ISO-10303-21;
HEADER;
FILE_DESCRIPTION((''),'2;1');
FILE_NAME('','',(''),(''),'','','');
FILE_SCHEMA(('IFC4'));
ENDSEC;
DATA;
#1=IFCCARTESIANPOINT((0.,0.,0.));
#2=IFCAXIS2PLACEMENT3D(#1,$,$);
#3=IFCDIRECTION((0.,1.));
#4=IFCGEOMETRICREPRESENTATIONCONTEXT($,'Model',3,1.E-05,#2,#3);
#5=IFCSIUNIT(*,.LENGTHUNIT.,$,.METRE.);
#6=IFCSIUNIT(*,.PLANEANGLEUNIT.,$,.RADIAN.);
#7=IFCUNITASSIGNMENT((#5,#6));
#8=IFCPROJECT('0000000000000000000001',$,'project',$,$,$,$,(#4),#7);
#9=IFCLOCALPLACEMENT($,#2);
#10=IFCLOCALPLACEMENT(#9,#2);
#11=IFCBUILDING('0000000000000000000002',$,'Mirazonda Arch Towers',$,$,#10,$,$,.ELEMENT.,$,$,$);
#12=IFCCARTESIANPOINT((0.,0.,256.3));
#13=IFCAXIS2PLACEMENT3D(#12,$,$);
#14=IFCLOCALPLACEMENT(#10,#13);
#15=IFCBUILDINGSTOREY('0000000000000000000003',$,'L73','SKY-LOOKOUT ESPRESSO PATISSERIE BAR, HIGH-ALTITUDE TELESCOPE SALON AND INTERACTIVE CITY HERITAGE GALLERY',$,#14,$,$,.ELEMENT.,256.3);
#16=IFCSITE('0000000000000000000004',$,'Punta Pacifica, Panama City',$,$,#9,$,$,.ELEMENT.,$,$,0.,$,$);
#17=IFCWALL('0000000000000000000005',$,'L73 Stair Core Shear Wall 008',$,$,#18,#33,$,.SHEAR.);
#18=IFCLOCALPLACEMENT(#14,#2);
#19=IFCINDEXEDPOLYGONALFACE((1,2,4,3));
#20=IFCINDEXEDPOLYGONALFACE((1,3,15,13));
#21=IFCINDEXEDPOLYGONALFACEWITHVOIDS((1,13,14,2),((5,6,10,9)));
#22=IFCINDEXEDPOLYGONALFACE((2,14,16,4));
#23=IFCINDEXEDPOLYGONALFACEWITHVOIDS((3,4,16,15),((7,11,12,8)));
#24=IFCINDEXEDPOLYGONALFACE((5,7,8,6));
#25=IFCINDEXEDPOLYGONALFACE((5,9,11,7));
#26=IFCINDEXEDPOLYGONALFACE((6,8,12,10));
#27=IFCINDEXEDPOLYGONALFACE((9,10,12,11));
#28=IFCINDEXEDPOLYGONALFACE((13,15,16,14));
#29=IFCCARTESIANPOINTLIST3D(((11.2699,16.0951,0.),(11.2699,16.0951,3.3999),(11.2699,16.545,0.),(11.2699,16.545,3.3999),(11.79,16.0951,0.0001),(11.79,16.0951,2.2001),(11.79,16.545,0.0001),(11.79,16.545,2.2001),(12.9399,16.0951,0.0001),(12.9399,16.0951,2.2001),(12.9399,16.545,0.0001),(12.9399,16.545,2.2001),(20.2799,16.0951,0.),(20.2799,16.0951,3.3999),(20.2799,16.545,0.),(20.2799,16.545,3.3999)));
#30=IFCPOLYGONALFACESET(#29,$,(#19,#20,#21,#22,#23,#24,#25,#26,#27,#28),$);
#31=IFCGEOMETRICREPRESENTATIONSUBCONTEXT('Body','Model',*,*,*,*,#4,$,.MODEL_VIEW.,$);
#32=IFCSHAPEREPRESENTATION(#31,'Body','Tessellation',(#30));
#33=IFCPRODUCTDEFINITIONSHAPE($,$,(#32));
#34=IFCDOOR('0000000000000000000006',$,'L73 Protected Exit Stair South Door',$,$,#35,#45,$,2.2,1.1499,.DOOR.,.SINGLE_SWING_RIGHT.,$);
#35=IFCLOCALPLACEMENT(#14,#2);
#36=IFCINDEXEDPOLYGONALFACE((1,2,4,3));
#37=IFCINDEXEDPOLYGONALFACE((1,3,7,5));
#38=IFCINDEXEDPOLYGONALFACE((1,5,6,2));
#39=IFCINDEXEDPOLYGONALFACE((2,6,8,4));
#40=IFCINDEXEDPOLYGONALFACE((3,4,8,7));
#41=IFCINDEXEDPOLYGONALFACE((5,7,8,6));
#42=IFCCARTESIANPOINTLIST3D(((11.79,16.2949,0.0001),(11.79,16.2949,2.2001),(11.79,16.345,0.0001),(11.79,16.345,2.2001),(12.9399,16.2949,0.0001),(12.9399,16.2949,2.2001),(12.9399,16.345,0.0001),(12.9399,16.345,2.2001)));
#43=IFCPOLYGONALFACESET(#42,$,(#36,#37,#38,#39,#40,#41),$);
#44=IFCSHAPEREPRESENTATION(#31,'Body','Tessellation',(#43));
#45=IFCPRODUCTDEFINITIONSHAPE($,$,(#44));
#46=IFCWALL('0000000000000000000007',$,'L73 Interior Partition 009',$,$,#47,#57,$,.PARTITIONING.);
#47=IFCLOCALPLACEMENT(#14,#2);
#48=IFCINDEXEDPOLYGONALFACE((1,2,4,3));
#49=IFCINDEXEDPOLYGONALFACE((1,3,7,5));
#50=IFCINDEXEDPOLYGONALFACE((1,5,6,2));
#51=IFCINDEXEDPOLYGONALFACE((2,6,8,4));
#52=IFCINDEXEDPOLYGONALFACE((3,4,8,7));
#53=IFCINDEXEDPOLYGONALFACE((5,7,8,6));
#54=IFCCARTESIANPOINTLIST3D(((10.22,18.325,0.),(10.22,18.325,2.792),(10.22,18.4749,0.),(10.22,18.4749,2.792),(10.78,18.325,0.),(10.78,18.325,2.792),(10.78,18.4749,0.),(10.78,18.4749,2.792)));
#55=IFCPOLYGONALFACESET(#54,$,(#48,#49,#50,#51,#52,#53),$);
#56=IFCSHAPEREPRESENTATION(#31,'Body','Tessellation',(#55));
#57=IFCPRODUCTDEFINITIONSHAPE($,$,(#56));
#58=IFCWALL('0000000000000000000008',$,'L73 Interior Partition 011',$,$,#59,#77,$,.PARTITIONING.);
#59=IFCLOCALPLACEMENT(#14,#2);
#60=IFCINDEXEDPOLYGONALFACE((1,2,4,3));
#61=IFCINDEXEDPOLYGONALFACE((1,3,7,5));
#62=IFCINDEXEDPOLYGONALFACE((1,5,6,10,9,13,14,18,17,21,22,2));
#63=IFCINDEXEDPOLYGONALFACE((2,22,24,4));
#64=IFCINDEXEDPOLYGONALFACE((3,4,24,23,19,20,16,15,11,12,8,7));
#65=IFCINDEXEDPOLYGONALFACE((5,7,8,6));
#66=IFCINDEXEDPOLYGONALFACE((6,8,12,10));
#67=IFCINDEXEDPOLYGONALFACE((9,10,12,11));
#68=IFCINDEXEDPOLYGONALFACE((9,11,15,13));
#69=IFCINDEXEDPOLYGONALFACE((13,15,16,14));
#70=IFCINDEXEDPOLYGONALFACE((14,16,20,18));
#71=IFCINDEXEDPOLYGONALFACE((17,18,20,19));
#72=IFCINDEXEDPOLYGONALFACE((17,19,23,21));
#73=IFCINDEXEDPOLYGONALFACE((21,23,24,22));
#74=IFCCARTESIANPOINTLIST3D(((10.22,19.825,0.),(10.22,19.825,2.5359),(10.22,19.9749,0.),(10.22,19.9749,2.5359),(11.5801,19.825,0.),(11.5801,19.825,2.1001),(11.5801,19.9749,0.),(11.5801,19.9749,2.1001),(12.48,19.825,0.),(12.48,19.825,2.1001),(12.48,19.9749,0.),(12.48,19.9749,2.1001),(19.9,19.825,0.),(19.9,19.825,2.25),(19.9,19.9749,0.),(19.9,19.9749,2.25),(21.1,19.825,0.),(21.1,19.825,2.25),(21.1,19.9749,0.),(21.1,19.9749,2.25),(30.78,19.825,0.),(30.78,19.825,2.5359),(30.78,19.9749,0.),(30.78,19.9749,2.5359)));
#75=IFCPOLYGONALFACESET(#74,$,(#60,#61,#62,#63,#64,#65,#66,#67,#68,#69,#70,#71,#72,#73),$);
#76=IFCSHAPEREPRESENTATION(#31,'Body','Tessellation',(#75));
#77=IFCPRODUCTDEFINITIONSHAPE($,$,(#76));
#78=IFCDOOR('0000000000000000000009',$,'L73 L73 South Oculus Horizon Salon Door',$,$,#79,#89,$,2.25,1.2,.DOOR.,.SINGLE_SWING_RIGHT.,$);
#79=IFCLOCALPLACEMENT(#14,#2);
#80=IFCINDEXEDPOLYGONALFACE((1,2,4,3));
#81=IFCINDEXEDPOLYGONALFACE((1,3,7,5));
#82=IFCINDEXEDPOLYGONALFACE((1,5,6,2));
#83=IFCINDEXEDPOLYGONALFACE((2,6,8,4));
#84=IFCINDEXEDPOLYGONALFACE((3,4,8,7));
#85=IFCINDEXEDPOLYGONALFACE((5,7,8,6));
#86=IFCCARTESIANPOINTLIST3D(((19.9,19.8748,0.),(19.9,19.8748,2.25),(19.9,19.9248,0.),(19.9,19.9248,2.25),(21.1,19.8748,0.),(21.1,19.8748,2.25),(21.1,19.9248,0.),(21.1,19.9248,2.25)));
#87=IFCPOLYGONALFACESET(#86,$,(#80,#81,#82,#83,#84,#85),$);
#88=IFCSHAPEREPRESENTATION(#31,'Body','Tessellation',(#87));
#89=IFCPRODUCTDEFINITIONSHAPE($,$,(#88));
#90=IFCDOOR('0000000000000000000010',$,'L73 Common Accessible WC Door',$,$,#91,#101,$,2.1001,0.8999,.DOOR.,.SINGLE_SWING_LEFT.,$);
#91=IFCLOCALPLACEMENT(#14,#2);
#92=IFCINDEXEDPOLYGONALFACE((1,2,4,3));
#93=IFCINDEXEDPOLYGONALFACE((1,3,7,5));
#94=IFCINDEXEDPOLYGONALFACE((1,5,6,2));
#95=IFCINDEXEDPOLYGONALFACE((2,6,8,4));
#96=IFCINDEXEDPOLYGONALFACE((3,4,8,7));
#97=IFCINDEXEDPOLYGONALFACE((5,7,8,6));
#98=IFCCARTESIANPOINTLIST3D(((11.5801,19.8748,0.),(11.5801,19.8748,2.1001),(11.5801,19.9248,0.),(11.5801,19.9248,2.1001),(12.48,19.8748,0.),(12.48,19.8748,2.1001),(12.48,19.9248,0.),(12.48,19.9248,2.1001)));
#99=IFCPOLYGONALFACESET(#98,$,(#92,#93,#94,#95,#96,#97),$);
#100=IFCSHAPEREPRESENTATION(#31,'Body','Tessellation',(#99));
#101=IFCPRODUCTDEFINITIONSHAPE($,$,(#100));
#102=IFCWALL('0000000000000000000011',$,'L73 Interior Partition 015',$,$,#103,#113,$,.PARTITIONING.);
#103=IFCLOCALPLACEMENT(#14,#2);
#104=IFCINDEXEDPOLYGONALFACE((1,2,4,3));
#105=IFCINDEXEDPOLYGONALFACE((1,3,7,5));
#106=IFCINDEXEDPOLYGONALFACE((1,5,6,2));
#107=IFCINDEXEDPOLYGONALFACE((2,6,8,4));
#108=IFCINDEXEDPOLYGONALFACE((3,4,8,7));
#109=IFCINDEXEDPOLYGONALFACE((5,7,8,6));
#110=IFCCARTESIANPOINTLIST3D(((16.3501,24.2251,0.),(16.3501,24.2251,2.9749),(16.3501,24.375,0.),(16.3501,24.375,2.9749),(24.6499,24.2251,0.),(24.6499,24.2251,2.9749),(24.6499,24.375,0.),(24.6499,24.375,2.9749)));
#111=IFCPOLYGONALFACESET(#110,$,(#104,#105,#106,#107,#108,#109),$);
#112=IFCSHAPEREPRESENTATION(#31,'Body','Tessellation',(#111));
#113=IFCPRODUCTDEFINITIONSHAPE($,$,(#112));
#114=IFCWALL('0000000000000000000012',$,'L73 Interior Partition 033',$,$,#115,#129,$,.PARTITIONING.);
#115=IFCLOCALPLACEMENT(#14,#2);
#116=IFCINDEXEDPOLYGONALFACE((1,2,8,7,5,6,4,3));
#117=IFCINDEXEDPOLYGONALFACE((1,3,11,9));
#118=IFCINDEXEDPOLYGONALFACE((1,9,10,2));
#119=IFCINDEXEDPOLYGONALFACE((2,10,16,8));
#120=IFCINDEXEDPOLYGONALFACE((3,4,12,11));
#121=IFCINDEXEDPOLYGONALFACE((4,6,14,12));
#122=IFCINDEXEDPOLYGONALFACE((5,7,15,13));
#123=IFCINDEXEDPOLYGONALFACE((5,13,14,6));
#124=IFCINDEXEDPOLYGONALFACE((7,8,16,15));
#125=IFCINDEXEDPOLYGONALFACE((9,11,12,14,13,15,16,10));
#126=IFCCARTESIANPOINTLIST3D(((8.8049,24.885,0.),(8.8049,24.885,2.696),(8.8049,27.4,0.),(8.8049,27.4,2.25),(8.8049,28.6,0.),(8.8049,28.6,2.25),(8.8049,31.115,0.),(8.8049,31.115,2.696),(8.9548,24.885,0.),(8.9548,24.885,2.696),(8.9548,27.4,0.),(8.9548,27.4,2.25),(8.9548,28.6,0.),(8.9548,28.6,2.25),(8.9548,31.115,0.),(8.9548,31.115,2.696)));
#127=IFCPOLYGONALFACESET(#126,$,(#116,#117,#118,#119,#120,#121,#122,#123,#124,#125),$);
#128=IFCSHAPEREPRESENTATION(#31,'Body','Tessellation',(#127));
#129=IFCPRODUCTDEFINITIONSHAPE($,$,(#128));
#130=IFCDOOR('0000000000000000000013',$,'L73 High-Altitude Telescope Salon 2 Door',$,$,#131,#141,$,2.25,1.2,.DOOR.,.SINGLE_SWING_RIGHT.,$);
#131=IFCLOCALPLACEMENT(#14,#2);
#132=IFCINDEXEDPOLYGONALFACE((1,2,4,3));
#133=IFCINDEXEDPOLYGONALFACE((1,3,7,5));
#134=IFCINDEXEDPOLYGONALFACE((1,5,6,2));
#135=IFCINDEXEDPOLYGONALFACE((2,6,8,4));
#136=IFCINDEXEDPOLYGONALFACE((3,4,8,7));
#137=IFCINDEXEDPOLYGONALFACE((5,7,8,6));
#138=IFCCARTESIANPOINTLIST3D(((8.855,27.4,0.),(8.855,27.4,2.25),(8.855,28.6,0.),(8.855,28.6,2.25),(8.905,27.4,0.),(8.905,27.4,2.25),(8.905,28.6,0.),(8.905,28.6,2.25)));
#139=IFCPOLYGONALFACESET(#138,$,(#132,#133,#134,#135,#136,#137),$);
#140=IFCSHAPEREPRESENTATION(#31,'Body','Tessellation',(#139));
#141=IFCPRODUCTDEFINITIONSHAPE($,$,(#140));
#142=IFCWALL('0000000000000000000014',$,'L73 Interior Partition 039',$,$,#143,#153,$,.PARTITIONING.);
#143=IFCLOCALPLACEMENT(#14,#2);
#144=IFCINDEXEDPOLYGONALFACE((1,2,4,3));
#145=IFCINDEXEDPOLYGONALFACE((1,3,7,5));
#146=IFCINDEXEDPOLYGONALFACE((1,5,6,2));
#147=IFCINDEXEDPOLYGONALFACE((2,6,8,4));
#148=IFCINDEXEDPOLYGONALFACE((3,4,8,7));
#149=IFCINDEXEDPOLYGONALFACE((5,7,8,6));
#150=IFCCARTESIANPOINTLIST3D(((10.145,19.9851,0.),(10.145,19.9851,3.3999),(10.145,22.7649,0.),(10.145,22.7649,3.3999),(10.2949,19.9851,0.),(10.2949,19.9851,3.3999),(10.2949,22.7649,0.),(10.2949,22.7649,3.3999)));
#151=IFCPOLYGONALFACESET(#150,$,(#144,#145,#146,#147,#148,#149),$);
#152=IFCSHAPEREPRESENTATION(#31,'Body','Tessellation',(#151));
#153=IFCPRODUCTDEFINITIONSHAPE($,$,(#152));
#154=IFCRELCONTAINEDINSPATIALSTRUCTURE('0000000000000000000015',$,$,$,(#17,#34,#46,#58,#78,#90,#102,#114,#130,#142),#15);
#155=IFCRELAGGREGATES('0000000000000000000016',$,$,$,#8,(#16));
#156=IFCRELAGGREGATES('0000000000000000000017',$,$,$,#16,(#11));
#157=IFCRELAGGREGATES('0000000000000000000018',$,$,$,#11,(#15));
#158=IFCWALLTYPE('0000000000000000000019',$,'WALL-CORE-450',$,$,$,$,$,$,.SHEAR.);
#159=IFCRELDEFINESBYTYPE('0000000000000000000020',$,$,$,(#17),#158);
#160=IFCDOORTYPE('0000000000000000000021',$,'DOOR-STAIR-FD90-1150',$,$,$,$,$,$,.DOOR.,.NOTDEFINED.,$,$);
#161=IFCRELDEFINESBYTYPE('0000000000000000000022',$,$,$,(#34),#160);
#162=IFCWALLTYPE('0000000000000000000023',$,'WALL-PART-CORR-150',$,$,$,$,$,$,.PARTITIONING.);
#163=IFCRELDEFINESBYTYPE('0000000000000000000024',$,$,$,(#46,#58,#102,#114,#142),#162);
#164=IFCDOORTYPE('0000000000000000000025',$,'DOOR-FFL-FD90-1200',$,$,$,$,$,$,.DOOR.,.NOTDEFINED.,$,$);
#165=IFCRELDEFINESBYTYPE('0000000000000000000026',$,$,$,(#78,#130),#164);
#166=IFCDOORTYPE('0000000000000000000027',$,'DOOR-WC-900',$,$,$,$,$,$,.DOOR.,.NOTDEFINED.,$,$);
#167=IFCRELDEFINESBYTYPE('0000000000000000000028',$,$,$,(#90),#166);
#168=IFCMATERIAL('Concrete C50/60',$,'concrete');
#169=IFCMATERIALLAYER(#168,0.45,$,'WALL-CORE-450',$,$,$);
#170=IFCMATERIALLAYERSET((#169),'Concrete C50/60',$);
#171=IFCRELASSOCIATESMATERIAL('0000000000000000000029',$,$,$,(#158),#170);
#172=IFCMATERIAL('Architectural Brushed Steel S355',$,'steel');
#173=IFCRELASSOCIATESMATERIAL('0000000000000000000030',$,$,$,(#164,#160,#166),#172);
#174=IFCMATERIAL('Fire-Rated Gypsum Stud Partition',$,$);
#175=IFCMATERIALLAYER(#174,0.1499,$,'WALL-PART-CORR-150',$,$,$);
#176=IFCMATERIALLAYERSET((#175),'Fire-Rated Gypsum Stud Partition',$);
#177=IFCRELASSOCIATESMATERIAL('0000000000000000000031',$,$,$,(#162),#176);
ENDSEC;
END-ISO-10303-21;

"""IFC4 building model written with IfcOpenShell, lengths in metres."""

from ifc_helpers import new_model, si_unit, direction, frame, frame_2d, origin, place, context, subcontext, project, spatial, rectangle, extrude, material, layer, layer_set, type_object, element, fill, save


model = new_model("IFC4")

# Units and contexts
model_context = context("Model", 3, precision=1e-05, world=origin(), true_north=direction((0.0, 1.0)))
body_context = subcontext(model_context, "Body", "Model", "MODEL_VIEW")
ifc_project = project(units=[si_unit("LENGTHUNIT", "METRE"), si_unit("PLANEANGLEUNIT", "RADIAN")], contexts=[model_context])

# Site, building, storey
site_placement = place(None, origin())
site = spatial("IfcSite", under=ifc_project, at=site_placement, Name="Punta Pacifica, Panama City", CompositionType="ELEMENT", RefElevation=0.0)
building_placement = place(site_placement, origin())
building = spatial("IfcBuilding", under=site, at=building_placement, Name="Mirazonda Arch Towers", CompositionType="ELEMENT")
storey_placement = place(building_placement, frame((0.0, 0.0, 256.3)))
storey = spatial("IfcBuildingStorey", under=building, at=storey_placement, Name="L73", Description="SKY-LOOKOUT ESPRESSO PATISSERIE BAR, HIGH-ALTITUDE TELESCOPE SALON AND INTERACTIVE CITY HERITAGE GALLERY", CompositionType="ELEMENT", Elevation=256.3)

# Shared definitions
ifc_material_1 = material(Name="Concrete C50/60", Category="concrete")

# Shared definitions
ifc_layer_1 = layer(ifc_material_1, 0.45, Name="WALL-CORE-450")
ifc_layer_set_1 = layer_set([ifc_layer_1], Name="Concrete C50/60")
wall_type_1 = type_object("IfcWallType", Name="WALL-CORE-450", PredefinedType="SHEAR", material=ifc_layer_set_1)
ifc_material_2 = material(Name="Architectural Brushed Steel S355", Category="steel")
door_type_1 = type_object("IfcDoorType", Name="DOOR-FFL-FD90-1200", OperationType="NOTDEFINED", PredefinedType="DOOR", material=ifc_material_2)

# Wall, opening, door
wall_1_placement = place(storey_placement, frame((11.27, 16.3201, 0.0), z_axis=(0.0, 0.0, 1.0), x_axis=(1.0, 0.0, 0.0)))
wall_1 = element("IfcWall", 1, at=wall_1_placement, inside=storey, type_object=wall_type_1, Name="L73 Stair Core Shear Wall 008", PredefinedType="SHEAR", context=body_context, shape_type="SweptSolid", body=[
    extrude(rectangle(XDim=9.01, YDim=0.45, at=frame_2d((4.5049, 0.0))), origin(), (0.0, 0.0, 1.0), 3.3999),
])
opening_1_placement = place(wall_1_placement, frame((0.52, 0.0, 0.0)))
opening_1 = element("IfcOpeningElement", 2, at=opening_1_placement, cuts=wall_1, PredefinedType="OPENING", context=body_context, shape_type="SweptSolid", body=[
    extrude(rectangle(XDim=1.1499, YDim=2.2, at=frame_2d((0.575, 1.1001))), frame((0.0, 0.2349, 0.0), z_axis=(0.0, -1.0, 0.0), x_axis=(1.0, 0.0, 0.0)), (0.0, 0.0, 1.0), 0.47),
])
door_type_2 = type_object("IfcDoorType", Name="DOOR-STAIR-FD90-1150", OperationType="NOTDEFINED", PredefinedType="DOOR", material=ifc_material_2)
door_1_placement = place(opening_1_placement, origin())
door_1 = element("IfcDoor", 3, at=door_1_placement, inside=storey, type_object=door_type_2, Name="L73 Protected Exit Stair South Door", OperationType="SINGLE_SWING_RIGHT", OverallHeight=2.2, OverallWidth=1.1499, PredefinedType="DOOR", context=body_context, shape_type="SweptSolid", body=[
    extrude(rectangle(XDim=1.1499, YDim=2.2, at=frame_2d((0.575, 1.1001))), frame((0.0, 0.0249, 0.0), z_axis=(0.0, -1.0, 0.0), x_axis=(1.0, 0.0, 0.0)), (0.0, 0.0, 1.0), 0.05),
])
fill(opening_1, door_1)

# Wall
ifc_material_3 = material(Name="Fire-Rated Gypsum Stud Partition")
ifc_layer_2 = layer(ifc_material_3, 0.1499, Name="WALL-PART-CORR-150")
ifc_layer_set_2 = layer_set([ifc_layer_2], Name="Fire-Rated Gypsum Stud Partition")
wall_type_2 = type_object("IfcWallType", Name="WALL-PART-CORR-150", PredefinedType="PARTITIONING", material=ifc_layer_set_2)
wall_2_placement = place(storey_placement, frame((10.22, 18.3999, 0.0), z_axis=(0.0, 0.0, 1.0), x_axis=(1.0, 0.0, 0.0)))
element("IfcWall", 4, at=wall_2_placement, inside=storey, type_object=wall_type_2, Name="L73 Interior Partition 009", PredefinedType="PARTITIONING", context=body_context, shape_type="SweptSolid", body=[
    extrude(rectangle(XDim=0.5601, YDim=0.1499, at=frame_2d((0.28, 0.0))), origin(), (0.0, 0.0, 1.0), 2.792),
])

# Wall, openings, doors
wall_3_placement = place(storey_placement, frame((10.22, 19.8999, 0.0), z_axis=(0.0, 0.0, 1.0), x_axis=(1.0, 0.0, 0.0)))
wall_3 = element("IfcWall", 5, at=wall_3_placement, inside=storey, type_object=wall_type_2, Name="L73 Interior Partition 011", PredefinedType="PARTITIONING", context=body_context, shape_type="SweptSolid", body=[
    extrude(rectangle(XDim=20.5601, YDim=0.1499, at=frame_2d((10.28, 0.0))), origin(), (0.0, 0.0, 1.0), 2.5359),
])
opening_2_placement = place(wall_3_placement, frame((1.3601, 0.0, 0.0)))
opening_2 = element("IfcOpeningElement", 6, at=opening_2_placement, cuts=wall_3, PredefinedType="OPENING", context=body_context, shape_type="SweptSolid", body=[
    extrude(rectangle(XDim=0.8999, YDim=2.1001, at=frame_2d((0.45, 1.05))), frame((0.0, 0.085, 0.0), z_axis=(0.0, -1.0, 0.0), x_axis=(1.0, 0.0, 0.0)), (0.0, 0.0, 1.0), 0.1699),
])
opening_3_placement = place(wall_3_placement, frame((9.6799, 0.0, 0.0)))
opening_3 = element("IfcOpeningElement", 7, at=opening_3_placement, cuts=wall_3, PredefinedType="OPENING", context=body_context, shape_type="SweptSolid", body=[
    extrude(rectangle(XDim=1.2, YDim=2.25, at=frame_2d((0.6001, 1.125))), frame((0.0, 0.085, 0.0), z_axis=(0.0, -1.0, 0.0), x_axis=(1.0, 0.0, 0.0)), (0.0, 0.0, 1.0), 0.1699),
])
door_2_placement = place(opening_3_placement, origin())
door_2 = element("IfcDoor", 8, at=door_2_placement, inside=storey, type_object=door_type_1, Name="L73 L73 South Oculus Horizon Salon Door", OperationType="SINGLE_SWING_RIGHT", OverallHeight=2.25, OverallWidth=1.2, PredefinedType="DOOR", context=body_context, shape_type="SweptSolid", body=[
    extrude(rectangle(XDim=1.2, YDim=2.25, at=frame_2d((0.6001, 1.125))), frame((0.0, 0.0249, 0.0), z_axis=(0.0, -1.0, 0.0), x_axis=(1.0, 0.0, 0.0)), (0.0, 0.0, 1.0), 0.05),
])
fill(opening_3, door_2)
door_type_3 = type_object("IfcDoorType", Name="DOOR-WC-900", OperationType="NOTDEFINED", PredefinedType="DOOR", material=ifc_material_2)
door_3_placement = place(opening_2_placement, origin())
door_3 = element("IfcDoor", 9, at=door_3_placement, inside=storey, type_object=door_type_3, Name="L73 Common Accessible WC Door", OperationType="SINGLE_SWING_LEFT", OverallHeight=2.1001, OverallWidth=0.8999, PredefinedType="DOOR", context=body_context, shape_type="SweptSolid", body=[
    extrude(rectangle(XDim=0.8999, YDim=2.1001, at=frame_2d((0.45, 1.05))), frame((0.0, 0.0249, 0.0), z_axis=(0.0, -1.0, 0.0), x_axis=(1.0, 0.0, 0.0)), (0.0, 0.0, 1.0), 0.05),
])
fill(opening_2, door_3)

# Wall
wall_4_placement = place(storey_placement, frame((16.3501, 24.3, 0.0), z_axis=(0.0, 0.0, 1.0), x_axis=(1.0, 0.0, 0.0)))
element("IfcWall", 10, at=wall_4_placement, inside=storey, type_object=wall_type_2, Name="L73 Interior Partition 015", PredefinedType="PARTITIONING", context=body_context, shape_type="SweptSolid", body=[
    extrude(rectangle(XDim=8.2998, YDim=0.1499, at=frame_2d((4.1499, 0.0))), origin(), (0.0, 0.0, 1.0), 2.9749),
])

# Wall, opening, door
wall_5_placement = place(storey_placement, frame((8.8799, 24.885, 0.0), z_axis=(0.0, 0.0, 1.0), x_axis=(0.0, 1.0, 0.0)))
wall_5 = element("IfcWall", 11, at=wall_5_placement, inside=storey, type_object=wall_type_2, Name="L73 Interior Partition 033", PredefinedType="PARTITIONING", context=body_context, shape_type="SweptSolid", body=[
    extrude(rectangle(XDim=6.23, YDim=0.1499, at=frame_2d((3.115, 0.0))), origin(), (0.0, 0.0, 1.0), 2.696),
])
opening_4_placement = place(wall_5_placement, frame((2.5149, 0.0, 0.0)))
opening_4 = element("IfcOpeningElement", 12, at=opening_4_placement, cuts=wall_5, PredefinedType="OPENING", context=body_context, shape_type="SweptSolid", body=[
    extrude(rectangle(XDim=1.2, YDim=2.25, at=frame_2d((0.6001, 1.125))), frame((0.0, 0.085, 0.0), z_axis=(0.0, -1.0, 0.0), x_axis=(1.0, 0.0, 0.0)), (0.0, 0.0, 1.0), 0.1699),
])
door_4_placement = place(opening_4_placement, origin())
door_4 = element("IfcDoor", 13, at=door_4_placement, inside=storey, type_object=door_type_1, Name="L73 High-Altitude Telescope Salon 2 Door", OperationType="SINGLE_SWING_RIGHT", OverallHeight=2.25, OverallWidth=1.2, PredefinedType="DOOR", context=body_context, shape_type="SweptSolid", body=[
    extrude(rectangle(XDim=1.2, YDim=2.25, at=frame_2d((0.6001, 1.125))), frame((0.0, 0.0249, 0.0), z_axis=(0.0, -1.0, 0.0), x_axis=(1.0, 0.0, 0.0)), (0.0, 0.0, 1.0), 0.05),
])
fill(opening_4, door_4)

# Wall
wall_6_placement = place(storey_placement, frame((10.22, 19.9851, 0.0), z_axis=(0.0, 0.0, 1.0), x_axis=(0.0, 1.0, 0.0)))
element("IfcWall", 14, at=wall_6_placement, inside=storey, type_object=wall_type_2, Name="L73 Interior Partition 039", PredefinedType="PARTITIONING", context=body_context, shape_type="SweptSolid", body=[
    extrude(rectangle(XDim=2.7798, YDim=0.1499, at=frame_2d((1.3899, 0.0))), origin(), (0.0, 0.0, 1.0), 3.3999),
])

save(model, "model.ifc")
